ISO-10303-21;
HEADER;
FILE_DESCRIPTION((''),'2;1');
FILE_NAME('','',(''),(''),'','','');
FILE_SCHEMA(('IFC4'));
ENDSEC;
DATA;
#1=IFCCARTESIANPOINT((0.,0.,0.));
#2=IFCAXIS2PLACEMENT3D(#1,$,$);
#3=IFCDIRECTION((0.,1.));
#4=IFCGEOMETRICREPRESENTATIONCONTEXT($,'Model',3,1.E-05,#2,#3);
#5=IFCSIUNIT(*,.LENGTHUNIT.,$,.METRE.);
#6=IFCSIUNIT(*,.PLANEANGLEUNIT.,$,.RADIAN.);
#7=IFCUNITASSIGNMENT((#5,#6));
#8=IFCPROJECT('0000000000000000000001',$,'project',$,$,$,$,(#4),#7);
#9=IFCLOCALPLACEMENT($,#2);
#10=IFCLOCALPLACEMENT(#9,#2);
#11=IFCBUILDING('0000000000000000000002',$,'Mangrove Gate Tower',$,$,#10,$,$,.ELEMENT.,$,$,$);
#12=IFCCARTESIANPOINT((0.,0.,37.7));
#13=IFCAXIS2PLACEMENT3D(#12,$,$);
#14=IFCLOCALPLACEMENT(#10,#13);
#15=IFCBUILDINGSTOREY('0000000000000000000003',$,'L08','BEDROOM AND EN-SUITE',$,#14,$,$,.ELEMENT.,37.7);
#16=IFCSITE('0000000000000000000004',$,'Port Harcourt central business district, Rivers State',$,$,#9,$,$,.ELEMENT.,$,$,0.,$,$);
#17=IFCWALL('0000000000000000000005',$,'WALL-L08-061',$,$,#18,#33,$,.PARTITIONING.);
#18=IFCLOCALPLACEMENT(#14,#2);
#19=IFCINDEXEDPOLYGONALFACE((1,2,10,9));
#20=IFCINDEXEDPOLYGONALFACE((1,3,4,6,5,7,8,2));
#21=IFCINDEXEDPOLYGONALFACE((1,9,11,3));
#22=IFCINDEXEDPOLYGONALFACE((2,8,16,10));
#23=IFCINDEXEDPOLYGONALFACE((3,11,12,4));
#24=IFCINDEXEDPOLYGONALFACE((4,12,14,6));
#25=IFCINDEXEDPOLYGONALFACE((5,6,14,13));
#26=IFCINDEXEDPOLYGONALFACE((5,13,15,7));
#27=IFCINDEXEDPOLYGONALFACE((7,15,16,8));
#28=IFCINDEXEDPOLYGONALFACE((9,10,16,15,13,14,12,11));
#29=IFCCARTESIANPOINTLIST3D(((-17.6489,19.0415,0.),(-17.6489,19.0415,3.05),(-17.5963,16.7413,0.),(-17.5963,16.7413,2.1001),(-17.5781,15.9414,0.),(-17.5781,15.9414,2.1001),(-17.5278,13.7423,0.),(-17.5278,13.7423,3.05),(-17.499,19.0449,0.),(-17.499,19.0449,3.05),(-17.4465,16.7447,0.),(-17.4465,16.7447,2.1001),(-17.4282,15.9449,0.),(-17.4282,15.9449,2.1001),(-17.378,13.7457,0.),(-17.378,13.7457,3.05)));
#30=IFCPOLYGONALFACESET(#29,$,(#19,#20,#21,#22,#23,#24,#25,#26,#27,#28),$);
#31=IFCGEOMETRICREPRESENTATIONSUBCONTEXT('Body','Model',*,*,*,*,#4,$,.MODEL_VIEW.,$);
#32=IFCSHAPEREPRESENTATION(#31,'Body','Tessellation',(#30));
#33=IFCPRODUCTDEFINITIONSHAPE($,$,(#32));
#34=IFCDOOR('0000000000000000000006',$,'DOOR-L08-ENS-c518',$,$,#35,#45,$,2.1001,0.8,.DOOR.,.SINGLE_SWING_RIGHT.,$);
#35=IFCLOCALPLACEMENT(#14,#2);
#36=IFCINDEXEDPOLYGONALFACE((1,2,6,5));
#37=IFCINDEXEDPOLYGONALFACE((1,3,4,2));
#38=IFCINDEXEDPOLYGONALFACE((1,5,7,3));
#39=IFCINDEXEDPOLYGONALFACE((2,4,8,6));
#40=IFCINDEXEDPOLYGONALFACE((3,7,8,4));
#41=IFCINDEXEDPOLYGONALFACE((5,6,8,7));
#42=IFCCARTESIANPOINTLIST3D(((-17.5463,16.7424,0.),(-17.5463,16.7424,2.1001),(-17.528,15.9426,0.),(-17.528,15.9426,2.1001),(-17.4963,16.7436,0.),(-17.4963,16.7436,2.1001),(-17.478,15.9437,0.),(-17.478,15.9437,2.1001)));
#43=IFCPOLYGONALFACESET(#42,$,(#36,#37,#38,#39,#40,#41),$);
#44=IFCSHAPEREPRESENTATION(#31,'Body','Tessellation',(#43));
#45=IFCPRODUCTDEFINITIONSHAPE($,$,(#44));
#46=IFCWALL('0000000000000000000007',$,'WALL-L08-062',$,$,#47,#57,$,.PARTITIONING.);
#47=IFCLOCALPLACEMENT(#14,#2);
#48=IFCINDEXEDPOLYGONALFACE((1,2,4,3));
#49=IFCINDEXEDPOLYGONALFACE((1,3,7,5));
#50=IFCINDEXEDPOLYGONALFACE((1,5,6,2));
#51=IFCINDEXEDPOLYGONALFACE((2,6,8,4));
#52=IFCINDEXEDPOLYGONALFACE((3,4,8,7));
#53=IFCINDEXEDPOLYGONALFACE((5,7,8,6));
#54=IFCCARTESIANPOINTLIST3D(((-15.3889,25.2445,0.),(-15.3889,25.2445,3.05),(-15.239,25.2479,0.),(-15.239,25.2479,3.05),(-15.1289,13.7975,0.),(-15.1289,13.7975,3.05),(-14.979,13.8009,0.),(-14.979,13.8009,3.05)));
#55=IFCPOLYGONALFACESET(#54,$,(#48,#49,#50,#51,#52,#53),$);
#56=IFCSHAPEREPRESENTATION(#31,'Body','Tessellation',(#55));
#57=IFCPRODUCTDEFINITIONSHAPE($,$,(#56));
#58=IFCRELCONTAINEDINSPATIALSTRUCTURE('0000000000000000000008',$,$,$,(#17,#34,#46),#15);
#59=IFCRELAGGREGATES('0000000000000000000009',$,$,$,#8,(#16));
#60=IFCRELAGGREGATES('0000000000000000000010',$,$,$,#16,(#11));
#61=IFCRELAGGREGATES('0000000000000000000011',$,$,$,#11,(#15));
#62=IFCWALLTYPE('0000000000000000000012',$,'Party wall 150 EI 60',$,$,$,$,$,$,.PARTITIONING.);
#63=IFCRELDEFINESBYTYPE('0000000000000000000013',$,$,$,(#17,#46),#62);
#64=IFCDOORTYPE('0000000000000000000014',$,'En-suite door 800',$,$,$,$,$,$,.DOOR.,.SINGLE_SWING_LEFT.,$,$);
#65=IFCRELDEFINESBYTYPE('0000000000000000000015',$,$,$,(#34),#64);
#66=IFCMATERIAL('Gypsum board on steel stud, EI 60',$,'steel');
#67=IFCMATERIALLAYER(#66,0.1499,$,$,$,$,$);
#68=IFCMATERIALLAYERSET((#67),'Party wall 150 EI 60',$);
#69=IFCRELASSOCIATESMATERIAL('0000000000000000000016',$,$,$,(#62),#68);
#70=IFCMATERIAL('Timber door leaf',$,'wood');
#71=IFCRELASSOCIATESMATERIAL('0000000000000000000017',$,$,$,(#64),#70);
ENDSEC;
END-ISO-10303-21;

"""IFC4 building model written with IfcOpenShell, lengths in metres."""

from ifc_helpers import new_model, si_unit, direction, frame, frame_2d, origin, place, context, subcontext, project, spatial, rectangle, extrude, material, layer, layer_set, type_object, element, fill, save


model = new_model("IFC4")

# Units and contexts
model_context = context("Model", 3, precision=1e-05, world=origin(), true_north=direction((0.0, 1.0)))
body_context = subcontext(model_context, "Body", "Model", "MODEL_VIEW")
ifc_project = project(units=[si_unit("LENGTHUNIT", "METRE"), si_unit("PLANEANGLEUNIT", "RADIAN")], contexts=[model_context])

# Site, building, storey
site_placement = place(None, origin())
site = spatial("IfcSite", under=ifc_project, at=site_placement, Name="Port Harcourt central business district, Rivers State", CompositionType="ELEMENT", RefElevation=0.0)
building_placement = place(site_placement, origin())
building = spatial("IfcBuilding", under=site, at=building_placement, Name="Mangrove Gate Tower", CompositionType="ELEMENT")
storey_placement = place(building_placement, frame((0.0, 0.0, 37.7)))
storey = spatial("IfcBuildingStorey", under=building, at=storey_placement, Name="L08", Description="BEDROOM AND EN-SUITE", CompositionType="ELEMENT", Elevation=37.7)

# Shared definitions
ifc_material_1 = material(Name="Gypsum board on steel stud, EI 60", Category="steel")
ifc_layer_1 = layer(ifc_material_1, 0.1499)
ifc_layer_set_1 = layer_set([ifc_layer_1], Name="Party wall 150 EI 60")
wall_type_1 = type_object("IfcWallType", Name="Party wall 150 EI 60", PredefinedType="PARTITIONING", material=ifc_layer_set_1)
ifc_material_2 = material(Name="Timber door leaf", Category="wood")
door_type_1 = type_object("IfcDoorType", Name="En-suite door 800", OperationType="SINGLE_SWING_LEFT", PredefinedType="DOOR", material=ifc_material_2)

# Wall, opening, door
wall_1_placement = place(storey_placement, frame((-17.4529, 13.7439, 0.0), z_axis=(0.0, 0.0, 1.0), x_axis=(-0.022846, 0.999739, 0.0)))
wall_1 = element("IfcWall", 1, at=wall_1_placement, inside=storey, type_object=wall_type_1, Name="WALL-L08-061", PredefinedType="PARTITIONING", context=body_context, shape_type="SweptSolid", body=[
    extrude(rectangle(XDim=5.3005, YDim=0.1499, at=frame_2d((2.6504, 0.0))), origin(), (0.0, 0.0, 1.0), 3.05),
])
opening_1_placement = place(wall_1_placement, frame((2.2, 0.0, 0.0)))
opening_1 = element("IfcOpeningElement", 2, at=opening_1_placement, cuts=wall_1, PredefinedType="OPENING", context=body_context, shape_type="SweptSolid", body=[
    extrude(rectangle(XDim=0.8, YDim=2.1001, at=frame_2d((0.3999, 1.05))), frame((0.0, 0.085, 0.0), z_axis=(0.0, -1.0, 0.0), x_axis=(1.0, 0.0, 0.0)), (0.0, 0.0, 1.0), 0.1699),
])
door_1_placement = place(opening_1_placement, origin())
door_1 = element("IfcDoor", 3, at=door_1_placement, inside=storey, type_object=door_type_1, Name="DOOR-L08-ENS-c518", OperationType="SINGLE_SWING_RIGHT", OverallHeight=2.1001, OverallWidth=0.8, PredefinedType="DOOR", context=body_context, shape_type="SweptSolid", body=[
    extrude(rectangle(XDim=0.8, YDim=2.1001, at=frame_2d((0.3999, 1.05))), frame((0.0, 0.0249, 0.0), z_axis=(0.0, -1.0, 0.0), x_axis=(1.0, 0.0, 0.0)), (0.0, 0.0, 1.0), 0.05),
])
fill(opening_1, door_1)

# Wall
wall_2_placement = place(storey_placement, frame((-15.054, 13.7991, 0.0), z_axis=(0.0, 0.0, 1.0), x_axis=(-0.022708, 0.999742, 0.0)))
element("IfcWall", 4, at=wall_2_placement, inside=storey, type_object=wall_type_1, Name="WALL-L08-062", PredefinedType="PARTITIONING", context=body_context, shape_type="SweptSolid", body=[
    extrude(rectangle(XDim=11.45, YDim=0.1499, at=frame_2d((5.7251, 0.0))), origin(), (0.0, 0.0, 1.0), 3.05),
])

save(model, "model.ifc")
